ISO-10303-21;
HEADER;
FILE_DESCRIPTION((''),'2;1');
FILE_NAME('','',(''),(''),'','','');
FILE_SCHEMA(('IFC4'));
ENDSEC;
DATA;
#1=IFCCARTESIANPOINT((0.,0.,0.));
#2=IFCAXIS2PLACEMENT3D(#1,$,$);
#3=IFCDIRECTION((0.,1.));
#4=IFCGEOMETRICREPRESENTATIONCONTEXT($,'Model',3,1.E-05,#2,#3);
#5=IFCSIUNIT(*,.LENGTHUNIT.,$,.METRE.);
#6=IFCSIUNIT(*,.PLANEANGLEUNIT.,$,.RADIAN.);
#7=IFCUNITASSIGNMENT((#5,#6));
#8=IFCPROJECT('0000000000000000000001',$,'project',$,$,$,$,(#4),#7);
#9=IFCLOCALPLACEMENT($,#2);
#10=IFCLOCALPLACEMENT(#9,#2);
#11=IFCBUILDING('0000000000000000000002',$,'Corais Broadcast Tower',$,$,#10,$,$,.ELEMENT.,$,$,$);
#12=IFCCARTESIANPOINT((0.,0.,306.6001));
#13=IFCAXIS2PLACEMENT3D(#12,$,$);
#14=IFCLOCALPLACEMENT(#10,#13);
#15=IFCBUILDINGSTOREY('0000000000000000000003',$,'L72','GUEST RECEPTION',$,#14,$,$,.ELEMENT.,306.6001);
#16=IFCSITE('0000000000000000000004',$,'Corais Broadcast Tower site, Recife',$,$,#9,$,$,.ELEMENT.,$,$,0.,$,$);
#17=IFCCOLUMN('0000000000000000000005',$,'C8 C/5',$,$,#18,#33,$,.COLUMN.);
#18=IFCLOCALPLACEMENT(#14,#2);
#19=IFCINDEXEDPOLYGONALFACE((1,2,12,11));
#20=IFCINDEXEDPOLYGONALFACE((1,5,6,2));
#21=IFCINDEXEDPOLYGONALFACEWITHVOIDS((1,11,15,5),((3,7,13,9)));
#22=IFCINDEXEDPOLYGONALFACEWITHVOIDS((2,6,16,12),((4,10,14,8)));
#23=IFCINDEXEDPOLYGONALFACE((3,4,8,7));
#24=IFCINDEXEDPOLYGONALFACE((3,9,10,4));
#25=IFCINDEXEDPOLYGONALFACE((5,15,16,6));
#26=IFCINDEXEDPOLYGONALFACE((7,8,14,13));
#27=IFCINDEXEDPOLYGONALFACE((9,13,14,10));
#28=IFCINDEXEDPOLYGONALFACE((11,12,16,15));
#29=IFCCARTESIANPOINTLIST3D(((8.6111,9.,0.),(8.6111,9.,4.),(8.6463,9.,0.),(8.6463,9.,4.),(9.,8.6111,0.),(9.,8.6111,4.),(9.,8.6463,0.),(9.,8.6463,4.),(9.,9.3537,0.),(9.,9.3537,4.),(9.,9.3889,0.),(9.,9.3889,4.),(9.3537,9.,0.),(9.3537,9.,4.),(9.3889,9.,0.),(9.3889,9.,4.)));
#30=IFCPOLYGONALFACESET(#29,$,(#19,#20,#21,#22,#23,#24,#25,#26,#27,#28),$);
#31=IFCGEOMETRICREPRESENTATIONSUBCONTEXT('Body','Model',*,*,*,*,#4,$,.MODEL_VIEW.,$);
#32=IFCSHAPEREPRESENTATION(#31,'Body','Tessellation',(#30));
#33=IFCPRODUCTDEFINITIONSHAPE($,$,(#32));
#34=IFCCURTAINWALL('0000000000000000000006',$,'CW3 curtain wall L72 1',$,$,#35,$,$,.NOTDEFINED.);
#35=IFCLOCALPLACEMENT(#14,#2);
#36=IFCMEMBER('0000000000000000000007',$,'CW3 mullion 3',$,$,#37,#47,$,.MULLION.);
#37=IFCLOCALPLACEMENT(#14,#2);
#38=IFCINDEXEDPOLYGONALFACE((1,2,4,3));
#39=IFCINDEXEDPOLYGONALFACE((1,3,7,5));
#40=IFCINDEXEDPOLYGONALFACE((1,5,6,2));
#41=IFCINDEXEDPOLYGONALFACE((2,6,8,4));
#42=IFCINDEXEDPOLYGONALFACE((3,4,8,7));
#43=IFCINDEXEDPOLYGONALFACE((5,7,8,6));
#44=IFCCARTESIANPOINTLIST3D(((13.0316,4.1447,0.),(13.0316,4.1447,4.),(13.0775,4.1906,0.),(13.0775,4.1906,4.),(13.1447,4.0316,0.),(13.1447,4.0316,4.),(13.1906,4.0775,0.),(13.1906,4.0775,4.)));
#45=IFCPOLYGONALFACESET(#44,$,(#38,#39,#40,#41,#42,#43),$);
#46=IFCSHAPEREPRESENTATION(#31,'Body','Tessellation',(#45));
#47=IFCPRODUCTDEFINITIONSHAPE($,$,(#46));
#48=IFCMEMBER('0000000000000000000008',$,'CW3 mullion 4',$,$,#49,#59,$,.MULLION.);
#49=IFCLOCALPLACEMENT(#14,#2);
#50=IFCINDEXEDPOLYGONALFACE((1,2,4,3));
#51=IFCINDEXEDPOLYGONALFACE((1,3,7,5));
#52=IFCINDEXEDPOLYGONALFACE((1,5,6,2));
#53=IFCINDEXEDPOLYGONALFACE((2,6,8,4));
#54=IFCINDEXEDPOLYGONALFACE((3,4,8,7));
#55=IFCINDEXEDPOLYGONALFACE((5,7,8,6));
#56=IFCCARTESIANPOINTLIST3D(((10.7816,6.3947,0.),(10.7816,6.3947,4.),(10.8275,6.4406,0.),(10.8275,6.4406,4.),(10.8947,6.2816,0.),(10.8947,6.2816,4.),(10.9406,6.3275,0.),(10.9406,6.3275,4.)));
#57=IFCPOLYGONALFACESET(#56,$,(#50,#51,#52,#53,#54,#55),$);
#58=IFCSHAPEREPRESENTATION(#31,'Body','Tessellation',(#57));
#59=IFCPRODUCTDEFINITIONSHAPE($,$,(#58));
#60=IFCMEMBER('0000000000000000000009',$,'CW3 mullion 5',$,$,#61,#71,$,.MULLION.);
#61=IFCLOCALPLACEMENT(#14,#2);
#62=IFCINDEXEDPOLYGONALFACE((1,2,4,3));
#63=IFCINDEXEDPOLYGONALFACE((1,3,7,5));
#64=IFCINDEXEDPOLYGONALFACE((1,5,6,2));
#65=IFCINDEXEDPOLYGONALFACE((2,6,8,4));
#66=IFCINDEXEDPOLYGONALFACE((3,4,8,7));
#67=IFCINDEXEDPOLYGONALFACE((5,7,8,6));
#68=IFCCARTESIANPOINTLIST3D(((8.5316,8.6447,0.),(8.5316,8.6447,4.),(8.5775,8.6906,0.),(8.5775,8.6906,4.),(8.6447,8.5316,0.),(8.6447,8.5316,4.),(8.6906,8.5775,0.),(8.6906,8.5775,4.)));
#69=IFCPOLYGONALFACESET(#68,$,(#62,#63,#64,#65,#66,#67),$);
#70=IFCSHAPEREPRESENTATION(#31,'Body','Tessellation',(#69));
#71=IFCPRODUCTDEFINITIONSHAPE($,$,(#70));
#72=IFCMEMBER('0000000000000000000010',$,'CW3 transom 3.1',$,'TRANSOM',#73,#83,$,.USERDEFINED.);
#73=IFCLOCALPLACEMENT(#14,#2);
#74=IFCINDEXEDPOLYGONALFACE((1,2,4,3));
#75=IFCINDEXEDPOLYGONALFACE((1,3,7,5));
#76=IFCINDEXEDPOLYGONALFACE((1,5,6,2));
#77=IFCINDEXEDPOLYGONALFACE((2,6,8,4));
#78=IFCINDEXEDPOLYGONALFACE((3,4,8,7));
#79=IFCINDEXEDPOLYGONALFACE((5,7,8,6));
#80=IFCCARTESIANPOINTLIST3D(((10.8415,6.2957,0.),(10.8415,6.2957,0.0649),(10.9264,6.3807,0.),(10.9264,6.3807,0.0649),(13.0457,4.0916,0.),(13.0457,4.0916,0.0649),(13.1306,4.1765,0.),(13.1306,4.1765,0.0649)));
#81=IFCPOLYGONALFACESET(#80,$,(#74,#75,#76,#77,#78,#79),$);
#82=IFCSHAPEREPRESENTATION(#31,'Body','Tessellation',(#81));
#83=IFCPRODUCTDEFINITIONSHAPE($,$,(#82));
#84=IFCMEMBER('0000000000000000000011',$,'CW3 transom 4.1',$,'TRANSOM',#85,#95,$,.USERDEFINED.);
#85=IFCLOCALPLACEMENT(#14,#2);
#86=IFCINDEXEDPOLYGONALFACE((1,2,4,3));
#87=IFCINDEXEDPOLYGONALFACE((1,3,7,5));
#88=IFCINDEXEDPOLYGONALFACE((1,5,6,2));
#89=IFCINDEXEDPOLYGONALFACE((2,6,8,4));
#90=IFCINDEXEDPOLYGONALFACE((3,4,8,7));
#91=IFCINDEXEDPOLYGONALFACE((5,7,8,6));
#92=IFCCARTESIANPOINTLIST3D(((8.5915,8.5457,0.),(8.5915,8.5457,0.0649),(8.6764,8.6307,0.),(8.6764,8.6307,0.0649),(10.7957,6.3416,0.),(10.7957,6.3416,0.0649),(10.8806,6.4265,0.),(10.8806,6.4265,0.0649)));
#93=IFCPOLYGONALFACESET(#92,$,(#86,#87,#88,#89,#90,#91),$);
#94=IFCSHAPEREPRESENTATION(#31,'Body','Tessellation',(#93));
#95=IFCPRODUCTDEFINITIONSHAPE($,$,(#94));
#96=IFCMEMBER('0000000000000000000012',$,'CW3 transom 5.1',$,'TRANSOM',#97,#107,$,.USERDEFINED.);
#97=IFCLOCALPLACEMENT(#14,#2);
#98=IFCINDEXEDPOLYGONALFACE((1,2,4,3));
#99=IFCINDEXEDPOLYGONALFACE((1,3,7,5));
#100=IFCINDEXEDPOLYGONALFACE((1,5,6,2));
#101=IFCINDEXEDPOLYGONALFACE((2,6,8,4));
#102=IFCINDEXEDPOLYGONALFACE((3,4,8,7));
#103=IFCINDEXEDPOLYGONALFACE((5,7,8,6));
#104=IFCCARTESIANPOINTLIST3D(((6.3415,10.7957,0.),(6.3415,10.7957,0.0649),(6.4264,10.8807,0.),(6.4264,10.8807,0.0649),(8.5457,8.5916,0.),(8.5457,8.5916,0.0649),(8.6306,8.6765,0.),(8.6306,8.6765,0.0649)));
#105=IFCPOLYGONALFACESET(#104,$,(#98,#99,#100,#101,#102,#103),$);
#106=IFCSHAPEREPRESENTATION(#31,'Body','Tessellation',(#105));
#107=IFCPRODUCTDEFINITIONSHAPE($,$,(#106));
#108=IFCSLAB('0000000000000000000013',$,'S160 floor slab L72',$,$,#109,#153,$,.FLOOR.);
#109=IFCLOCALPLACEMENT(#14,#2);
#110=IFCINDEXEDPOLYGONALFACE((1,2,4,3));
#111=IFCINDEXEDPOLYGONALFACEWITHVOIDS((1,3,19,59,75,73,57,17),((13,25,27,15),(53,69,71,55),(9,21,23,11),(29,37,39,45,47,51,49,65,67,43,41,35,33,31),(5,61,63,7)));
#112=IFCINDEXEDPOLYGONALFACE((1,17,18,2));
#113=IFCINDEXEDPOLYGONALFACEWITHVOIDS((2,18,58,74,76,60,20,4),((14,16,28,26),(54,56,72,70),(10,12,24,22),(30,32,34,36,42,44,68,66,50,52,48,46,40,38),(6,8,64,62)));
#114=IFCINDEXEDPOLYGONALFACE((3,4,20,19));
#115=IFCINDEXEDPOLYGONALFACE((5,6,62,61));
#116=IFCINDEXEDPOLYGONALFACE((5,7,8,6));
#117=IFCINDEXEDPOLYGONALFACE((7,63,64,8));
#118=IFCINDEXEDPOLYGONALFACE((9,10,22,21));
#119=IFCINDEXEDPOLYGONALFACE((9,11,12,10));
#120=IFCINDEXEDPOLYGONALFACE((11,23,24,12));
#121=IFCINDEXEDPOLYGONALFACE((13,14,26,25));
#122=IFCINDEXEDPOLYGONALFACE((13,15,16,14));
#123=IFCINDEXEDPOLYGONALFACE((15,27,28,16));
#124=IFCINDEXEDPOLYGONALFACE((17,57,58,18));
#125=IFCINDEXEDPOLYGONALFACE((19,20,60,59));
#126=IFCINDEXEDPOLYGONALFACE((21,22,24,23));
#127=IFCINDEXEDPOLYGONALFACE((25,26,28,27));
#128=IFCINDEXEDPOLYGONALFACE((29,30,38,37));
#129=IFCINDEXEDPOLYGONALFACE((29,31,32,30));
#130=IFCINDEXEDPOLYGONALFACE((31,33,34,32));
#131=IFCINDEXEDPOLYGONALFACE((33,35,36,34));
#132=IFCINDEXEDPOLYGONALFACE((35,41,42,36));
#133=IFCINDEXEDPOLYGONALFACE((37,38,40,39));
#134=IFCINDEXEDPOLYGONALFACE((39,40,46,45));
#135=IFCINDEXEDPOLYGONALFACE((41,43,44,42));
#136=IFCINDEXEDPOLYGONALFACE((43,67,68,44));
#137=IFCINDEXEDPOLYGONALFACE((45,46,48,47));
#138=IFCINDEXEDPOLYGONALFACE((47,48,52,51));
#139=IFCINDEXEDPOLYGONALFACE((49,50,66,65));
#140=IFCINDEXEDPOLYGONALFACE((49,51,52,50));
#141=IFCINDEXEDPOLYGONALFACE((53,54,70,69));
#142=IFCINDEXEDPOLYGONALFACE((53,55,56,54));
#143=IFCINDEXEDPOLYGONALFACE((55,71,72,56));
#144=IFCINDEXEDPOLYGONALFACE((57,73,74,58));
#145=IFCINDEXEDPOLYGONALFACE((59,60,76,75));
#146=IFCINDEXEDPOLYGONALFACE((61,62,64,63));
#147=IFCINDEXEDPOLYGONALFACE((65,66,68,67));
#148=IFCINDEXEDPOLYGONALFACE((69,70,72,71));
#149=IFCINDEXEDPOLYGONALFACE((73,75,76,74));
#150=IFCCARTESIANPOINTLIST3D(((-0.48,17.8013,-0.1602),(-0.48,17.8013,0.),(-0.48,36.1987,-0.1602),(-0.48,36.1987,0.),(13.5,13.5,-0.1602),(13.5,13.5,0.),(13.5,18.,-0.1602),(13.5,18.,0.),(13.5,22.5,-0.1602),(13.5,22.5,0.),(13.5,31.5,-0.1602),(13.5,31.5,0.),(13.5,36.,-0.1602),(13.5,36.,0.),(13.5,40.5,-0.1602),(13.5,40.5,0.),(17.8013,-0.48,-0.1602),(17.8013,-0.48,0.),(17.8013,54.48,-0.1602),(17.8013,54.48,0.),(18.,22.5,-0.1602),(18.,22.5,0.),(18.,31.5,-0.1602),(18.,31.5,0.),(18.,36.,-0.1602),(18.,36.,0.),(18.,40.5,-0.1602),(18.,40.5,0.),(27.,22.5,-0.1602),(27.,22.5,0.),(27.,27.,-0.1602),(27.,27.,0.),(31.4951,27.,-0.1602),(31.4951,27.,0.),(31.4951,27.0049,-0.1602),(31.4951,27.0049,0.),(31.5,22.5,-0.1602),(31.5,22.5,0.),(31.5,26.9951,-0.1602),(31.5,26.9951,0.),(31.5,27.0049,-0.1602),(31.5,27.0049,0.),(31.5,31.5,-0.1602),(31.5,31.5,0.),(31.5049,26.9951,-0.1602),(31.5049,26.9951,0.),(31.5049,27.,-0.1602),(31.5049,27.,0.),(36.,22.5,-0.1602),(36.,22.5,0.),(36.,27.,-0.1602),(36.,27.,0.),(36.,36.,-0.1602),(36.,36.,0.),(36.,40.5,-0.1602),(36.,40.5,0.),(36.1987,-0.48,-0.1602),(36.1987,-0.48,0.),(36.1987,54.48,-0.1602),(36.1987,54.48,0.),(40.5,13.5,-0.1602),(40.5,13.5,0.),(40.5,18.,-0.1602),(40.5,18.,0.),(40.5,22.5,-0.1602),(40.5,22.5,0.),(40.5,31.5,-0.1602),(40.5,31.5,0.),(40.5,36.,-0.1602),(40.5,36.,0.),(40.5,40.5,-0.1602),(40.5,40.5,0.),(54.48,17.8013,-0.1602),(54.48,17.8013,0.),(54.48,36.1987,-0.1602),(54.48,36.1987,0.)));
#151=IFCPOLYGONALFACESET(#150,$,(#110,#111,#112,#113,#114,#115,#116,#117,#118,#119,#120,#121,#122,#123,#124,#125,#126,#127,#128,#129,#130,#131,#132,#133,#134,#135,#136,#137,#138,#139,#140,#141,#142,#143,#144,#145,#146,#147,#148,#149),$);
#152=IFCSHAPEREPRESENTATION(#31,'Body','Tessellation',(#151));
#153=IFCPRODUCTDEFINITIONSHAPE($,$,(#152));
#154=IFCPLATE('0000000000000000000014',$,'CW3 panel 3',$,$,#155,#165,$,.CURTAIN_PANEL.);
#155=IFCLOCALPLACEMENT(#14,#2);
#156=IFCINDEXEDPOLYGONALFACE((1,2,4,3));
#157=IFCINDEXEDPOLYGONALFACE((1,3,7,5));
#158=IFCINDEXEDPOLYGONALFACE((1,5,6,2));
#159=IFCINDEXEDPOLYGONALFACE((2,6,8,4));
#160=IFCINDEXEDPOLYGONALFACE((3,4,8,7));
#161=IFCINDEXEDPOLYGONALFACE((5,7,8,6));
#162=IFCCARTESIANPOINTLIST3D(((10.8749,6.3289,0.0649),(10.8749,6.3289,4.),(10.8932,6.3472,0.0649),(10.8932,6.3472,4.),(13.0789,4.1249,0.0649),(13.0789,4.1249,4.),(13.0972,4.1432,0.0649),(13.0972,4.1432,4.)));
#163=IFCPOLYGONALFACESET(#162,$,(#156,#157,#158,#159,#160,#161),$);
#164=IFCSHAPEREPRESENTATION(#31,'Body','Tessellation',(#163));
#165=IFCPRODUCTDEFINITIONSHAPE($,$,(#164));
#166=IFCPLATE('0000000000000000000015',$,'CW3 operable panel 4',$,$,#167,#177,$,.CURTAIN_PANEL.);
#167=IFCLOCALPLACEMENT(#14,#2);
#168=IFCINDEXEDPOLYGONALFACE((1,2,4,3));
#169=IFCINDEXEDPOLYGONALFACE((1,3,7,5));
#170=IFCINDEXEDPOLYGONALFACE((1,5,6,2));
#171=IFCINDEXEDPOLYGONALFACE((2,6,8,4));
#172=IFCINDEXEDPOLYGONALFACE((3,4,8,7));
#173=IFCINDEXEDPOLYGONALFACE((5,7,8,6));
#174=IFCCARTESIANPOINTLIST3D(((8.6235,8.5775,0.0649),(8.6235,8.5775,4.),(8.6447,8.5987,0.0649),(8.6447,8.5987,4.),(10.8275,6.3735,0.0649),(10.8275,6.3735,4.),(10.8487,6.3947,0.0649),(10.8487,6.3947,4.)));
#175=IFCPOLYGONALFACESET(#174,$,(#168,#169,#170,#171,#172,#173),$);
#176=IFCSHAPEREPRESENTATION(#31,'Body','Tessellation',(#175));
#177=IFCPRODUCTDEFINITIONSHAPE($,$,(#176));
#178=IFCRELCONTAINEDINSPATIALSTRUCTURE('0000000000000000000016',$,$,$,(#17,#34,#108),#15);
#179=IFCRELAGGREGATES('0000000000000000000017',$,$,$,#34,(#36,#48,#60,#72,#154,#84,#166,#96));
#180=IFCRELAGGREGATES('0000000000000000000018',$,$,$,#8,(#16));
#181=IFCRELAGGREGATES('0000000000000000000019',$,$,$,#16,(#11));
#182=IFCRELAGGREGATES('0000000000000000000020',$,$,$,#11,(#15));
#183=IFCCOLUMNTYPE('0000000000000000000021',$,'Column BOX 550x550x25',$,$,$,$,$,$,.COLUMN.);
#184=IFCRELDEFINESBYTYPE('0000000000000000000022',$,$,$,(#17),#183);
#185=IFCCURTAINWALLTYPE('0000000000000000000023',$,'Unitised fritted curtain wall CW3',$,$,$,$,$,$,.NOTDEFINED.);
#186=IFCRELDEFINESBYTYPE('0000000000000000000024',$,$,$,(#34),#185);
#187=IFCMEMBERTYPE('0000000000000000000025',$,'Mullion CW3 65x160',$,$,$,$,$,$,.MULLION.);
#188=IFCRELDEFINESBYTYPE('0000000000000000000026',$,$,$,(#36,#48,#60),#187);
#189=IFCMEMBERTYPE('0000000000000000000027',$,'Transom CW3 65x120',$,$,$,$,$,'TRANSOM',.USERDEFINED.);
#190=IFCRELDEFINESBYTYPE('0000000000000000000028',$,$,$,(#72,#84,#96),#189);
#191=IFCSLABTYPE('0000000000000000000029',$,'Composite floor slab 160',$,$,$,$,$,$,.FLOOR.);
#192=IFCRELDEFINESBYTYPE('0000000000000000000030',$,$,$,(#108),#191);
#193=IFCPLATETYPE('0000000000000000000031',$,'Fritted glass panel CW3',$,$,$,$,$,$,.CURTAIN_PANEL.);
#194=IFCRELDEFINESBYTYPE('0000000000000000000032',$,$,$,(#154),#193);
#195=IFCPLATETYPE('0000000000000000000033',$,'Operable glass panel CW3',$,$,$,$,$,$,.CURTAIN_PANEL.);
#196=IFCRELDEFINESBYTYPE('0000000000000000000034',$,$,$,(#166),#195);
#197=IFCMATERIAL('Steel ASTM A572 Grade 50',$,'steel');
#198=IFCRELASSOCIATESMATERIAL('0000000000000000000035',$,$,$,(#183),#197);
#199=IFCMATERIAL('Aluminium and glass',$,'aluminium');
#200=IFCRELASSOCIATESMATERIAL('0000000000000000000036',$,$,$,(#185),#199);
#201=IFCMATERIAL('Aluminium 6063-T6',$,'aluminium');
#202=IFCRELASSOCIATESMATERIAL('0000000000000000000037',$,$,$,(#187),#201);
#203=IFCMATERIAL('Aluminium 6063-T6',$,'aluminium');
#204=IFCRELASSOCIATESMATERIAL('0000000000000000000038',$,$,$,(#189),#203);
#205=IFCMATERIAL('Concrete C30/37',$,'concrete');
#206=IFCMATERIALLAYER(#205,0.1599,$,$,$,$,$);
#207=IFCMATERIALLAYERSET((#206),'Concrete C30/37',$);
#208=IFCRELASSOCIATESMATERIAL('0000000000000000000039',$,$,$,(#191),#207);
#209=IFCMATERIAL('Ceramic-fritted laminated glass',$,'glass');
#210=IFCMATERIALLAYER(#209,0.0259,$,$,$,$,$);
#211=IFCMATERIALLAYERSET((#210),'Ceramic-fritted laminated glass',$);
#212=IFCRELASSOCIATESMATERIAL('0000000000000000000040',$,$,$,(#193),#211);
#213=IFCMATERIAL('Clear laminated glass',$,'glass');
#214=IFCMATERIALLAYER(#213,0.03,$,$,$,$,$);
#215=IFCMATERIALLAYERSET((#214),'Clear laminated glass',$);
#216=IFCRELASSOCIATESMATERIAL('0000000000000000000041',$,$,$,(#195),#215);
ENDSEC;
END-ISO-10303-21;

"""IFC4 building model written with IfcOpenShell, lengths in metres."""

from ifc_helpers import new_model, si_unit, direction, frame, origin, origin_2d, place, context, subcontext, project, spatial, polyline, rectangle, hollow_rectangle, outline, extrude, material, layer, layer_set, material_profile, profile_set, type_object, element, aggregate, save


model = new_model("IFC4")

# Units and contexts
model_context = context("Model", 3, precision=1e-05, world=origin(), true_north=direction((0.0, 1.0)))
body_context = subcontext(model_context, "Body", "Model", "MODEL_VIEW")
ifc_project = project(units=[si_unit("LENGTHUNIT", "METRE"), si_unit("PLANEANGLEUNIT", "RADIAN")], contexts=[model_context])

# Site, building, storey
site_placement = place(None, origin())
site = spatial("IfcSite", under=ifc_project, at=site_placement, Name="Corais Broadcast Tower site, Recife", CompositionType="ELEMENT", RefElevation=0.0)
building_placement = place(site_placement, origin())
building = spatial("IfcBuilding", under=site, at=building_placement, Name="Corais Broadcast Tower", CompositionType="ELEMENT")
storey_placement = place(building_placement, frame((0.0, 0.0, 306.6001)))
storey = spatial("IfcBuildingStorey", under=building, at=storey_placement, Name="L72", Description="GUEST RECEPTION", CompositionType="ELEMENT", Elevation=306.6001)

# Column
ifc_material_1 = material(Name="Steel ASTM A572 Grade 50", Category="steel")
ifc_material_profile_1 = material_profile(ifc_material_1, hollow_rectangle(XDim=0.55, YDim=0.55, WallThickness=0.0249, at=origin_2d()), Name="BOX 550x550x25")
ifc_profile_set_1 = profile_set([ifc_material_profile_1], Name="Steel ASTM A572 Grade 50")
column_type = type_object("IfcColumnType", Name="Column BOX 550x550x25", PredefinedType="COLUMN", material=ifc_profile_set_1)
column_placement = place(storey_placement, frame((9.0, 9.0, 0.0), z_axis=(0.0, 0.0, 1.0), x_axis=(0.707107, 0.707107, 0.0)))
element("IfcColumn", 1, at=column_placement, inside=storey, type_object=column_type, Name="C8 C/5", PredefinedType="COLUMN", context=body_context, shape_type="SweptSolid", body=[
    extrude(hollow_rectangle(XDim=0.55, YDim=0.55, WallThickness=0.0249, at=origin_2d()), origin(), (0.0, 0.0, 1.0), 4.0),
])

# Curtain wall, members
ifc_material_2 = material(Name="Aluminium and glass", Category="aluminium")
curtain_wall_type = type_object("IfcCurtainWallType", Name="Unitised fritted curtain wall CW3", PredefinedType="NOTDEFINED", material=ifc_material_2)
curtain_wall_placement = place(storey_placement, origin())
curtain_wall = element("IfcCurtainWall", 2, at=curtain_wall_placement, inside=storey, type_object=curtain_wall_type, Name="CW3 curtain wall L72 1", PredefinedType="NOTDEFINED")
ifc_material_3 = material(Name="Aluminium 6063-T6", Category="aluminium")
ifc_material_profile_2 = material_profile(ifc_material_3, rectangle(XDim=0.0649, YDim=0.1599, at=origin_2d()), Name="Mullion CW3 65x160")
ifc_profile_set_2 = profile_set([ifc_material_profile_2], Name="Aluminium 6063-T6")
member_type_1 = type_object("IfcMemberType", Name="Mullion CW3 65x160", PredefinedType="MULLION", material=ifc_profile_set_2)
member_1_placement = place(storey_placement, frame((13.1111, 4.1111, 0.0), z_axis=(0.0, 0.0, 1.0), x_axis=(-0.707107, -0.707107, 0.0)))
member_1 = element("IfcMember", 3, at=member_1_placement, type_object=member_type_1, Name="CW3 mullion 3", PredefinedType="MULLION", context=body_context, shape_type="SweptSolid", body=[
    extrude(rectangle(XDim=0.0649, YDim=0.1599, at=origin_2d()), origin(), (0.0, 0.0, 1.0), 4.0),
])
member_2_placement = place(storey_placement, frame((10.8611, 6.3611, 0.0), z_axis=(0.0, 0.0, 1.0), x_axis=(-0.707107, -0.707107, 0.0)))
member_2 = element("IfcMember", 4, at=member_2_placement, type_object=member_type_1, Name="CW3 mullion 4", PredefinedType="MULLION", context=body_context, shape_type="SweptSolid", body=[
    extrude(rectangle(XDim=0.0649, YDim=0.1599, at=origin_2d()), origin(), (0.0, 0.0, 1.0), 4.0),
])
member_3_placement = place(storey_placement, frame((8.6111, 8.6111, 0.0), z_axis=(0.0, 0.0, 1.0), x_axis=(-0.707107, -0.707107, 0.0)))
member_3 = element("IfcMember", 5, at=member_3_placement, type_object=member_type_1, Name="CW3 mullion 5", PredefinedType="MULLION", context=body_context, shape_type="SweptSolid", body=[
    extrude(rectangle(XDim=0.0649, YDim=0.1599, at=origin_2d()), origin(), (0.0, 0.0, 1.0), 4.0),
])
ifc_material_4 = material(Name="Aluminium 6063-T6", Category="aluminium")
ifc_material_profile_3 = material_profile(ifc_material_4, rectangle(XDim=0.1201, YDim=0.0649, at=origin_2d()), Name="Transom CW3 65x120")
ifc_profile_set_3 = profile_set([ifc_material_profile_3], Name="Aluminium 6063-T6")
member_type_2 = type_object("IfcMemberType", Name="Transom CW3 65x120", ElementType="TRANSOM", PredefinedType="USERDEFINED", material=ifc_profile_set_3)
member_4_placement = place(storey_placement, frame((13.0881, 4.134, 0.0325), z_axis=(-0.707107, 0.707107, 0.0), x_axis=(-0.707107, -0.707107, 0.0)))
member_4 = element("IfcMember", 6, at=member_4_placement, type_object=member_type_2, Name="CW3 transom 3.1", ObjectType="TRANSOM", PredefinedType="USERDEFINED", context=body_context, shape_type="SweptSolid", body=[
    extrude(rectangle(XDim=0.1201, YDim=0.0649, at=origin_2d()), origin(), (0.0, 0.0, 1.0), 3.1172),
])
member_5_placement = place(storey_placement, frame((10.8381, 6.384, 0.0325), z_axis=(-0.707107, 0.707107, 0.0), x_axis=(-0.707107, -0.707107, 0.0)))
member_5 = element("IfcMember", 7, at=member_5_placement, type_object=member_type_2, Name="CW3 transom 4.1", ObjectType="TRANSOM", PredefinedType="USERDEFINED", context=body_context, shape_type="SweptSolid", body=[
    extrude(rectangle(XDim=0.1201, YDim=0.0649, at=origin_2d()), origin(), (0.0, 0.0, 1.0), 3.1172),
])
member_6_placement = place(storey_placement, frame((8.5881, 8.634, 0.0325), z_axis=(-0.707107, 0.707107, 0.0), x_axis=(-0.707107, -0.707107, 0.0)))
member_6 = element("IfcMember", 8, at=member_6_placement, type_object=member_type_2, Name="CW3 transom 5.1", ObjectType="TRANSOM", PredefinedType="USERDEFINED", context=body_context, shape_type="SweptSolid", body=[
    extrude(rectangle(XDim=0.1201, YDim=0.0649, at=origin_2d()), origin(), (0.0, 0.0, 1.0), 3.1172),
])

# Slab
ifc_material_5 = material(Name="Concrete C30/37", Category="concrete")
ifc_layer_1 = layer(ifc_material_5, 0.1599)
ifc_layer_set_1 = layer_set([ifc_layer_1], Name="Concrete C30/37")
slab_type_1 = type_object("IfcSlabType", Name="Composite floor slab 160", PredefinedType="FLOOR", material=ifc_layer_set_1)
slab_1_placement = place(storey_placement, frame((0.0, 0.0, -0.1602)))
element("IfcSlab", 9, at=slab_1_placement, inside=storey, type_object=slab_type_1, Name="S160 floor slab L72", PredefinedType="FLOOR", context=body_context, shape_type="SweptSolid", body=[
    extrude(outline(polyline([(17.8013, -0.48), (-0.48, 17.8013), (-0.48, 36.1987), (17.8013, 54.48), (36.1987, 54.48), (54.48, 36.1987), (54.48, 17.8013), (36.1987, -0.48), (17.8013, -0.48)]), holes=[polyline([(13.5, 18.0), (40.5, 18.0), (40.5, 13.5), (13.5, 13.5), (13.5, 18.0)]), polyline([(18.0, 22.5), (13.5, 22.5), (13.5, 31.5), (18.0, 31.5), (18.0, 22.5)]), polyline([(18.0, 36.0), (13.5, 36.0), (13.5, 40.5), (18.0, 40.5), (18.0, 36.0)]), polyline([(31.5, 22.5), (27.0, 22.5), (27.0, 27.0), (31.4951, 27.0), (31.4951, 27.0049), (31.5, 27.0049), (31.5, 31.5), (40.5, 31.5), (40.5, 22.5), (36.0, 22.5), (36.0, 27.0), (31.5049, 27.0), (31.5049, 26.9951), (31.5, 26.9951), (31.5, 22.5)]), polyline([(40.5, 36.0), (36.0, 36.0), (36.0, 40.5), (40.5, 40.5), (40.5, 36.0)])]), origin(), (0.0, 0.0, 1.0), 0.1602),
])

# Plates
ifc_material_6 = material(Name="Ceramic-fritted laminated glass", Category="glass")
ifc_layer_2 = layer(ifc_material_6, 0.0259)
ifc_layer_set_2 = layer_set([ifc_layer_2], Name="Ceramic-fritted laminated glass")
plate_type_1 = type_object("IfcPlateType", Name="Fritted glass panel CW3", PredefinedType="CURTAIN_PANEL", material=ifc_layer_set_2)
plate_1_placement = place(storey_placement, frame((11.9861, 5.2361, 0.0649), z_axis=(0.0, 0.0, 1.0), x_axis=(-0.707107, 0.707107, 0.0)))
plate_1 = element("IfcPlate", 10, at=plate_1_placement, type_object=plate_type_1, Name="CW3 panel 3", PredefinedType="CURTAIN_PANEL", context=body_context, shape_type="SweptSolid", body=[
    extrude(rectangle(XDim=3.1169, YDim=0.0259, at=origin_2d()), origin(), (0.0, 0.0, 1.0), 3.9351),
])
ifc_material_7 = material(Name="Clear laminated glass", Category="glass")
ifc_layer_3 = layer(ifc_material_7, 0.03)
ifc_layer_set_3 = layer_set([ifc_layer_3], Name="Clear laminated glass")
plate_type_2 = type_object("IfcPlateType", Name="Operable glass panel CW3", PredefinedType="CURTAIN_PANEL", material=ifc_layer_set_3)
plate_2_placement = place(storey_placement, frame((9.7361, 7.4861, 0.0649), z_axis=(0.0, 0.0, 1.0), x_axis=(-0.707107, 0.707107, 0.0)))
plate_2 = element("IfcPlate", 11, at=plate_2_placement, type_object=plate_type_2, Name="CW3 operable panel 4", PredefinedType="CURTAIN_PANEL", context=body_context, shape_type="SweptSolid", body=[
    extrude(rectangle(XDim=3.1169, YDim=0.03, at=origin_2d()), origin(), (0.0, 0.0, 1.0), 3.9351),
])
aggregate(curtain_wall, [member_1, member_2, member_3, member_4, plate_1, member_5, plate_2, member_6])

save(model, "model.ifc")
